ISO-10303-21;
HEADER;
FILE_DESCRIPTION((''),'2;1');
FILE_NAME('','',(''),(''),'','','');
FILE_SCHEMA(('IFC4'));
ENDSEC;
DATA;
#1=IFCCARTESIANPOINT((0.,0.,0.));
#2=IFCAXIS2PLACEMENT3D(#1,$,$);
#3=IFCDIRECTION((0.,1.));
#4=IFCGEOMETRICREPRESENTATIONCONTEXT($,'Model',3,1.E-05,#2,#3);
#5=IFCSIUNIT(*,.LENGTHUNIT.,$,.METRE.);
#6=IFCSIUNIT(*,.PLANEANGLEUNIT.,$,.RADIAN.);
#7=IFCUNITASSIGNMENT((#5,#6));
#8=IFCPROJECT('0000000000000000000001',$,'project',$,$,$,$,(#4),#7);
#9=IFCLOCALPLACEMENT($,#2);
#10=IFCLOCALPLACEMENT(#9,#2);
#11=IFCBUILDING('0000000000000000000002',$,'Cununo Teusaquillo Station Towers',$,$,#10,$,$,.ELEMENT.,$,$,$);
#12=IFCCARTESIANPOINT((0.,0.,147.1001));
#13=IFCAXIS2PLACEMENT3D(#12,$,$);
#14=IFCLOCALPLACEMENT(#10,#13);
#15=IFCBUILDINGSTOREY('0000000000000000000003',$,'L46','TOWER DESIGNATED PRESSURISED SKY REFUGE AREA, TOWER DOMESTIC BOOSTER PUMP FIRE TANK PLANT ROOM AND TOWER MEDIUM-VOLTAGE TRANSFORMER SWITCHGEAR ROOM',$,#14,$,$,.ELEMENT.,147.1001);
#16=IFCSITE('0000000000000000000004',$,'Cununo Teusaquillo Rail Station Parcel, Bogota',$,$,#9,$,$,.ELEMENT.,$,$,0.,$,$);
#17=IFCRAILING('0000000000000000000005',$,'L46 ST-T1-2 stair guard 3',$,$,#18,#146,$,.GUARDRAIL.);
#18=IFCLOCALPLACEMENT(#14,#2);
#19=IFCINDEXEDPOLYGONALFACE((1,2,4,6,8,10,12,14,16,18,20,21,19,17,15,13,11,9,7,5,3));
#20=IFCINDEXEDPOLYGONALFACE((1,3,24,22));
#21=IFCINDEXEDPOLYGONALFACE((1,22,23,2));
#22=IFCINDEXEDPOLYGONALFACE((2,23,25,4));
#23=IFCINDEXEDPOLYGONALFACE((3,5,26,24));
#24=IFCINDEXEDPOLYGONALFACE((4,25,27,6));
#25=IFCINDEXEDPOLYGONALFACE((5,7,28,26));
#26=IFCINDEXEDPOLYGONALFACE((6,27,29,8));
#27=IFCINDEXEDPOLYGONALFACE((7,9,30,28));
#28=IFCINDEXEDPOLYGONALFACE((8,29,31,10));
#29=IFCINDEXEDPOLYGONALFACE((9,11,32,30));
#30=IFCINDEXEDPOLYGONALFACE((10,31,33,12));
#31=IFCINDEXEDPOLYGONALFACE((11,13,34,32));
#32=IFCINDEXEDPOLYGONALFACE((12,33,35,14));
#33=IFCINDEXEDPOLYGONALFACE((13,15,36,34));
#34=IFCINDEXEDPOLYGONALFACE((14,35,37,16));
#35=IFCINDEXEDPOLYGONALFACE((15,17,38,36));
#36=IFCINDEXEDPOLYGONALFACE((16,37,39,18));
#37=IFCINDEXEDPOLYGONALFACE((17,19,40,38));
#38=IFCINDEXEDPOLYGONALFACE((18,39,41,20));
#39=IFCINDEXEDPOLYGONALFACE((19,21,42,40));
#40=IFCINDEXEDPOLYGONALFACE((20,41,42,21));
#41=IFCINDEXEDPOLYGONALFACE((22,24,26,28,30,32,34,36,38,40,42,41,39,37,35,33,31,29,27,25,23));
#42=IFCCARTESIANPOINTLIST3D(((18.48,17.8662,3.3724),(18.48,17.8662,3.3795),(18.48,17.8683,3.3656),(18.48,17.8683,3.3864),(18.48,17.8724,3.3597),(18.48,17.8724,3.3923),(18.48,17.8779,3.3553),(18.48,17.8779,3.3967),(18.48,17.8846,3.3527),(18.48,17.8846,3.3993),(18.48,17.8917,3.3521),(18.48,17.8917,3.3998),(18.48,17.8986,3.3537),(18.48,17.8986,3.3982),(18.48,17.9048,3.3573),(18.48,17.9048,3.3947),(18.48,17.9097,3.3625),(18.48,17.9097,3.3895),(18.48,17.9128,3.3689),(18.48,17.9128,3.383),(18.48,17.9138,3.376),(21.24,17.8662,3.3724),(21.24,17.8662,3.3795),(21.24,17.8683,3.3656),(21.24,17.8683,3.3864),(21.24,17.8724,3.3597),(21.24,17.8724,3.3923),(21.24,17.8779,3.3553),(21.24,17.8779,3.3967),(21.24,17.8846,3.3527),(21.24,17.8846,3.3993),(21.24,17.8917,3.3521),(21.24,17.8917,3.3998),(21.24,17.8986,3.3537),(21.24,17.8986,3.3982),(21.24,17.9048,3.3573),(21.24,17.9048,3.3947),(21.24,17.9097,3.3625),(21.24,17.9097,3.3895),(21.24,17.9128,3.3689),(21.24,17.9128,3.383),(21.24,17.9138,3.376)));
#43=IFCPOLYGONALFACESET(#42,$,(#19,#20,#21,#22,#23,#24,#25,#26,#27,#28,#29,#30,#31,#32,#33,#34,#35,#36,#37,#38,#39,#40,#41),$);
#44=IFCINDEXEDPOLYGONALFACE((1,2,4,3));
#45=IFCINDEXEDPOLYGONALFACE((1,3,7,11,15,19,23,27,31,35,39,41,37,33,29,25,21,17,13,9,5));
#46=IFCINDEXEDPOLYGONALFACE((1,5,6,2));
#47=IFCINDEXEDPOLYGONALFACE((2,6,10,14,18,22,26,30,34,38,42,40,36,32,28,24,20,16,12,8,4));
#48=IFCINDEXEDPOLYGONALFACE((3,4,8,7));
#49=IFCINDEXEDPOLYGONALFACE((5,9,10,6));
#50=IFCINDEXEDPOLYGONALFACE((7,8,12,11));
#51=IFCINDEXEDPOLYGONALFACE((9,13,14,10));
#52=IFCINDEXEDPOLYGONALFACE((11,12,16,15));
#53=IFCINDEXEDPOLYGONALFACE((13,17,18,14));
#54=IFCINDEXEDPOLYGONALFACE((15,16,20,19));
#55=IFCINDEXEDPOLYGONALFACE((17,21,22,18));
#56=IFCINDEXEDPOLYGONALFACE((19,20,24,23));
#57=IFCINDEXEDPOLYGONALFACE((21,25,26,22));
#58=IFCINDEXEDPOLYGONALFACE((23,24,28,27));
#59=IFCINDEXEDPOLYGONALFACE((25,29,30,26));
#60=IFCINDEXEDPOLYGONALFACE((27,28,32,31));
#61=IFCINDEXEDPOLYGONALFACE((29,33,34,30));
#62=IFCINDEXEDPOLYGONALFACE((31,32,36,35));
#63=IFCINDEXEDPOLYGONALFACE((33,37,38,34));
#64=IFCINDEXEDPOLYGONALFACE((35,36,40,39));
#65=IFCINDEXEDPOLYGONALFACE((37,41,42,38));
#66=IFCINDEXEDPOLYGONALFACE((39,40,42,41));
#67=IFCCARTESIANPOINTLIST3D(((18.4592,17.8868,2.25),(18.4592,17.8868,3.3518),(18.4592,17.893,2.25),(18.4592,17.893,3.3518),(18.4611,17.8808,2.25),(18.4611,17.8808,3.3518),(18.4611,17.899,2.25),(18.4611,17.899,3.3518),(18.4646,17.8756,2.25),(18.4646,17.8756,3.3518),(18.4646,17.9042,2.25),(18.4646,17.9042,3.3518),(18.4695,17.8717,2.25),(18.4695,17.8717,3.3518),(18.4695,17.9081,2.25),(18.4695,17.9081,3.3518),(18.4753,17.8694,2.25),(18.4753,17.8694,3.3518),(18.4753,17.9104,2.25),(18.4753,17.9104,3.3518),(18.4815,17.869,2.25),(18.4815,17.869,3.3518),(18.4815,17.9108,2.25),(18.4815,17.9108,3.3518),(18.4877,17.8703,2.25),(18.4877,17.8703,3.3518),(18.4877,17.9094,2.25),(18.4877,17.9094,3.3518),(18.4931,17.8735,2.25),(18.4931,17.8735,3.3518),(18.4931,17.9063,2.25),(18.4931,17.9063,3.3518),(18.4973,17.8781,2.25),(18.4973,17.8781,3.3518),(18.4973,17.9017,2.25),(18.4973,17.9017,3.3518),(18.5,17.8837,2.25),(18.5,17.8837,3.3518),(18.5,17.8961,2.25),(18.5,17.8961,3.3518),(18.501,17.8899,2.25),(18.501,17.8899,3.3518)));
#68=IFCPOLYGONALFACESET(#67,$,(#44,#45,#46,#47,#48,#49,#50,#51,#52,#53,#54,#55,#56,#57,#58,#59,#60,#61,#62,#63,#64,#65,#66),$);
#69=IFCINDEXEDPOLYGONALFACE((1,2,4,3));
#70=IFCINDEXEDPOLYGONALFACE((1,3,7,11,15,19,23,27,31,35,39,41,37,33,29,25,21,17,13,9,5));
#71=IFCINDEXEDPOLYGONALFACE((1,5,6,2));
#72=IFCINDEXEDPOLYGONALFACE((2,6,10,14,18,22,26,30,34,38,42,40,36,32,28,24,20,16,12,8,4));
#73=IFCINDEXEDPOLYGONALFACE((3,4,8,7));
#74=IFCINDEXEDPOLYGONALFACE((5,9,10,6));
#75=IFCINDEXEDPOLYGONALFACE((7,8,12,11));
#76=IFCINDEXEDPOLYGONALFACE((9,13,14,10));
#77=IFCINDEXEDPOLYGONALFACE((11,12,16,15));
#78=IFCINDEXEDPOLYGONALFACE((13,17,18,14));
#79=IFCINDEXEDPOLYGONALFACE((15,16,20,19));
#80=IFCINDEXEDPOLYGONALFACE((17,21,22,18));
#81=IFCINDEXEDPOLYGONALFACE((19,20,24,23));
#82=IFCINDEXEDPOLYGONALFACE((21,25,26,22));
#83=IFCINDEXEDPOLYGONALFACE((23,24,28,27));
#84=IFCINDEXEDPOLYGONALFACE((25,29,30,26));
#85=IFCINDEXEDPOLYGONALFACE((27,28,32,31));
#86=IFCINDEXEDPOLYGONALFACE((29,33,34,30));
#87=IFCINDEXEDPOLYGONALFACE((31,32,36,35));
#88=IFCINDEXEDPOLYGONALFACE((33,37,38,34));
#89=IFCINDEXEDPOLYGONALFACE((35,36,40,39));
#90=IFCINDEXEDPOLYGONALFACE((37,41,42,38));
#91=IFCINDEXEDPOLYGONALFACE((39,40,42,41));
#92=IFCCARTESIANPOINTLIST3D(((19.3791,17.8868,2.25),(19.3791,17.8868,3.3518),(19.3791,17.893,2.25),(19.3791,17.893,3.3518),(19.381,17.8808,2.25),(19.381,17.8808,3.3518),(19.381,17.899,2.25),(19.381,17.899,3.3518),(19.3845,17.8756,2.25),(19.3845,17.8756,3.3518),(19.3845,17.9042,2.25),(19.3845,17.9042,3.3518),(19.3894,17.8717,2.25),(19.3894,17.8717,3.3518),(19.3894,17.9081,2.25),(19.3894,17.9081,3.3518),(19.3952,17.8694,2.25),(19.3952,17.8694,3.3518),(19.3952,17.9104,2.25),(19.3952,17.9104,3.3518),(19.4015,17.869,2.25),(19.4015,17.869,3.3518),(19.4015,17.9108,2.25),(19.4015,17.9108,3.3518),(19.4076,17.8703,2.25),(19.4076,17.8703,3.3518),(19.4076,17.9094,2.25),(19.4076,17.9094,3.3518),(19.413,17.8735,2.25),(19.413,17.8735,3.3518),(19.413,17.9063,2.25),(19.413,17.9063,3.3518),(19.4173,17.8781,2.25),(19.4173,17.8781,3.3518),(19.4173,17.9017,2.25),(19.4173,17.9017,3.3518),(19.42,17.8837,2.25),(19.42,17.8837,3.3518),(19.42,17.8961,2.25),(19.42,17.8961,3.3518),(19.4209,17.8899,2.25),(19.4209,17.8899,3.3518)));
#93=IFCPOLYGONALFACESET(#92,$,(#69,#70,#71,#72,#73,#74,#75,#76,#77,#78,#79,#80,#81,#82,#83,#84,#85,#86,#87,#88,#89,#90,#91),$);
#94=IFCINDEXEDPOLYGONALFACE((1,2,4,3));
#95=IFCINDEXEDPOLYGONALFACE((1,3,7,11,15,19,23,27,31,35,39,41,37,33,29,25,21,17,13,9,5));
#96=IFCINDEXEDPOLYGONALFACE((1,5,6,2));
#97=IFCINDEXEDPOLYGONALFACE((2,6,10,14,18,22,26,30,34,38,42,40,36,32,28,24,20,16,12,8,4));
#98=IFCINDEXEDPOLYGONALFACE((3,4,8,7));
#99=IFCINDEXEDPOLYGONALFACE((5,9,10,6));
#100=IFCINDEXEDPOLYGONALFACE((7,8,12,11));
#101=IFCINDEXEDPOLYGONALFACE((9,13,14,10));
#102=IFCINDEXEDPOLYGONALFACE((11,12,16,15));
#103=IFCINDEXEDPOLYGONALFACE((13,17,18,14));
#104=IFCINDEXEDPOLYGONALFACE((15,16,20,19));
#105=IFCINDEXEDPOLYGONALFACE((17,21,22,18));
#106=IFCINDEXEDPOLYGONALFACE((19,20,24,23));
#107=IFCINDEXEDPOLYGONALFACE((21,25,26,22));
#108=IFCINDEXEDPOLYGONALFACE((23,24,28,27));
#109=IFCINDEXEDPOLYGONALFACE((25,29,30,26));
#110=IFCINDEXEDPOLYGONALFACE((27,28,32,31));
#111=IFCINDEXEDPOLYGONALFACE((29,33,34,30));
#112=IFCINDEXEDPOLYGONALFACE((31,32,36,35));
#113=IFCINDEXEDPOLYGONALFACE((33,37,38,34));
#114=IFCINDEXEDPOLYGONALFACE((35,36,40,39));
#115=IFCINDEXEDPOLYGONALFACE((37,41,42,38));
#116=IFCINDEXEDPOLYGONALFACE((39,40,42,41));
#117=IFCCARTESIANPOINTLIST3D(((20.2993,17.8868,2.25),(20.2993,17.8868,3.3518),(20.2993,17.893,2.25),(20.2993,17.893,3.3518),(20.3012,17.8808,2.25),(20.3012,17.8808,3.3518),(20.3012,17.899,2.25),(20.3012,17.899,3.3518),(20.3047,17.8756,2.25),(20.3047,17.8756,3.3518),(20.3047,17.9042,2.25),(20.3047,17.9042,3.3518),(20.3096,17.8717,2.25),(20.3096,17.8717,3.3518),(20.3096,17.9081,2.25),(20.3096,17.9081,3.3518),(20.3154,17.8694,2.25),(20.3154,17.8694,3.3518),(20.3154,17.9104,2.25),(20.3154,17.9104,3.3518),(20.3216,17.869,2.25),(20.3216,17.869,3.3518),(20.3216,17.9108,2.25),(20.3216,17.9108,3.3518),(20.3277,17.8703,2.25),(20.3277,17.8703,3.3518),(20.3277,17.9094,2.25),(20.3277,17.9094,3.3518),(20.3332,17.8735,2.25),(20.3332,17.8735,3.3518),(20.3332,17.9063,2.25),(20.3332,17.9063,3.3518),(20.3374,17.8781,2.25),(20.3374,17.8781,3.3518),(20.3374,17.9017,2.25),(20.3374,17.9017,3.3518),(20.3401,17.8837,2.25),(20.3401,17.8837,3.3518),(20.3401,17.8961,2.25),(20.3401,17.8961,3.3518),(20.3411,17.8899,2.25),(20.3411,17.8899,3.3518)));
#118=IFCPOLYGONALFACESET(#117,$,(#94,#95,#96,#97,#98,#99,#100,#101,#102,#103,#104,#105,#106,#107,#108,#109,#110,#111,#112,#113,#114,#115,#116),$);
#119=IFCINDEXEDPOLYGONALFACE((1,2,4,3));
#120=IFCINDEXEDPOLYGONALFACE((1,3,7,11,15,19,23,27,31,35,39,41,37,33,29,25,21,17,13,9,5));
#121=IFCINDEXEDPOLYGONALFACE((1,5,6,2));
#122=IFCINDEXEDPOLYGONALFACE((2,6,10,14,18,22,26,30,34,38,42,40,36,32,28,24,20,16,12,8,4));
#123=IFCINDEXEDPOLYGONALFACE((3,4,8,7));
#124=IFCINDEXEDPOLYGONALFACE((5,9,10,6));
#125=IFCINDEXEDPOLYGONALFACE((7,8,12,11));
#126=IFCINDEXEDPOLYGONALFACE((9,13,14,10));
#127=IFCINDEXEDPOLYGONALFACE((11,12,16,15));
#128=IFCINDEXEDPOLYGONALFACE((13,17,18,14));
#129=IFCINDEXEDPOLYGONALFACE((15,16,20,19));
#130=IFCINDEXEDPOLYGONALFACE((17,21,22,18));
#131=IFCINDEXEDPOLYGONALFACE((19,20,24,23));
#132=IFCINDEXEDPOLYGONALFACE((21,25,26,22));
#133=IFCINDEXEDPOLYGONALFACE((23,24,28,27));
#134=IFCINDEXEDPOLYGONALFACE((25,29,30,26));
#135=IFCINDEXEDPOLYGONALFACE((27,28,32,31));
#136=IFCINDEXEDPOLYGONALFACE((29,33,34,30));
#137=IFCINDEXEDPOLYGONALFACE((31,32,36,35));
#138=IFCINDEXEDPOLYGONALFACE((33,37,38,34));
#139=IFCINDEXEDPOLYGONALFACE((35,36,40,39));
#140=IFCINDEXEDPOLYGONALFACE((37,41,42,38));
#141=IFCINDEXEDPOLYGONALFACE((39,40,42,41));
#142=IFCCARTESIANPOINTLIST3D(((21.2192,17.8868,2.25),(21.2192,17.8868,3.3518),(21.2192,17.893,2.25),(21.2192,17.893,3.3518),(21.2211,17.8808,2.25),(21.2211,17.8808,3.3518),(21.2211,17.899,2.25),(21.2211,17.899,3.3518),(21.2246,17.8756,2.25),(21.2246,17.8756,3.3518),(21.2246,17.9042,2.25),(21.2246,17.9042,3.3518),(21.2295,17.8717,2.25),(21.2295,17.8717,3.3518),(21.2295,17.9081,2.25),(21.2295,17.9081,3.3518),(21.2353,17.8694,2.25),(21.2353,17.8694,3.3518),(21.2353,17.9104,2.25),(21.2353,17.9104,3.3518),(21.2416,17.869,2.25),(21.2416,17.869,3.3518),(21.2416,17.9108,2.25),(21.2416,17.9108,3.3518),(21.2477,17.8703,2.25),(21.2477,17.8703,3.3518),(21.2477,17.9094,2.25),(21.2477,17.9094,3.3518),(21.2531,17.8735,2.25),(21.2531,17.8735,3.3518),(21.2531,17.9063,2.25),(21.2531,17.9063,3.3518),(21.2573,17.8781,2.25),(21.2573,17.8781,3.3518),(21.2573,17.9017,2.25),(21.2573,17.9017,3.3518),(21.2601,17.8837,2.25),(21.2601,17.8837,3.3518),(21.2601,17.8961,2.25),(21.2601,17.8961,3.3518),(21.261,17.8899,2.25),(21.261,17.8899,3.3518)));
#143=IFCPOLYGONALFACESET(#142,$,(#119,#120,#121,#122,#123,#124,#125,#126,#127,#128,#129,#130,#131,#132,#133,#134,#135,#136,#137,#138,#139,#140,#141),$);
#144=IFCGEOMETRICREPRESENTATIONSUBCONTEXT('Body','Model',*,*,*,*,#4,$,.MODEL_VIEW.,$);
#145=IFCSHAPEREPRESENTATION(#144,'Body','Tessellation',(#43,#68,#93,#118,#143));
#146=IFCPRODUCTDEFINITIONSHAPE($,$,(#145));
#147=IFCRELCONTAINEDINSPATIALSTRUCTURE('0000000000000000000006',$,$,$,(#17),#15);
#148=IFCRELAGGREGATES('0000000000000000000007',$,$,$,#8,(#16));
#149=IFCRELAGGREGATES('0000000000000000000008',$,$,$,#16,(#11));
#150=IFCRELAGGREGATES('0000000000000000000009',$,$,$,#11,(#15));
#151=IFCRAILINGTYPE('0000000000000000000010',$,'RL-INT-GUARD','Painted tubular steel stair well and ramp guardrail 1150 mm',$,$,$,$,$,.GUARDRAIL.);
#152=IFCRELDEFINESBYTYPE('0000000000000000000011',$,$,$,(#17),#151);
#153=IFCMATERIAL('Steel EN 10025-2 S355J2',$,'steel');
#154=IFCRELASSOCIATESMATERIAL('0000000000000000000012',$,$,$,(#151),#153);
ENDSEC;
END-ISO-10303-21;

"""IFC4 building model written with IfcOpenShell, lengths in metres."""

from ifc_helpers import new_model, si_unit, direction, frame, origin, origin_2d, place, context, subcontext, project, spatial, circle, extrude, material, type_object, element, save


model = new_model("IFC4")

# Units and contexts
model_context = context("Model", 3, precision=1e-05, world=origin(), true_north=direction((0.0, 1.0)))
body_context = subcontext(model_context, "Body", "Model", "MODEL_VIEW")
ifc_project = project(units=[si_unit("LENGTHUNIT", "METRE"), si_unit("PLANEANGLEUNIT", "RADIAN")], contexts=[model_context])

# Site, building, storey
site_placement = place(None, origin())
site = spatial("IfcSite", under=ifc_project, at=site_placement, Name="Cununo Teusaquillo Rail Station Parcel, Bogota", CompositionType="ELEMENT", RefElevation=0.0)
building_placement = place(site_placement, origin())
building = spatial("IfcBuilding", under=site, at=building_placement, Name="Cununo Teusaquillo Station Towers", CompositionType="ELEMENT")
storey_placement = place(building_placement, frame((0.0, 0.0, 147.1001)))
storey = spatial("IfcBuildingStorey", under=building, at=storey_placement, Name="L46", Description="TOWER DESIGNATED PRESSURISED SKY REFUGE AREA, TOWER DOMESTIC BOOSTER PUMP FIRE TANK PLANT ROOM AND TOWER MEDIUM-VOLTAGE TRANSFORMER SWITCHGEAR ROOM", CompositionType="ELEMENT", Elevation=147.1001)

# Railing
ifc_material_1 = material(Name="Steel EN 10025-2 S355J2", Category="steel")
railing_type_1 = type_object("IfcRailingType", Name="RL-INT-GUARD", Description="Painted tubular steel stair well and ramp guardrail 1150 mm", PredefinedType="GUARDRAIL", material=ifc_material_1)
railing_1_placement = place(storey_placement, frame((18.48, 17.8899, 2.25)))
element("IfcRailing", 1, at=railing_1_placement, inside=storey, type_object=railing_type_1, Name="L46 ST-T1-2 stair guard 3", PredefinedType="GUARDRAIL", context=body_context, shape_type="SweptSolid", body=[
    extrude(circle(Radius=0.0239, at=origin_2d()), frame((0.0, 0.0, 1.126), z_axis=(1.0, 0.0, 0.0), x_axis=(0.0, 1.0, 0.0)), (0.0, 0.0, 1.0), 2.76),
    extrude(circle(Radius=0.021, at=origin_2d()), origin(), (0.0, 0.0, 1.0), 1.1018),
    extrude(circle(Radius=0.021, at=origin_2d()), frame((0.9199, 0.0, 0.0)), (0.0, 0.0, 1.0), 1.1018),
    extrude(circle(Radius=0.021, at=origin_2d()), frame((1.8401, 0.0, 0.0)), (0.0, 0.0, 1.0), 1.1018),
    extrude(circle(Radius=0.021, at=origin_2d()), frame((2.76, 0.0, 0.0)), (0.0, 0.0, 1.0), 1.1018),
])

save(model, "model.ifc")
